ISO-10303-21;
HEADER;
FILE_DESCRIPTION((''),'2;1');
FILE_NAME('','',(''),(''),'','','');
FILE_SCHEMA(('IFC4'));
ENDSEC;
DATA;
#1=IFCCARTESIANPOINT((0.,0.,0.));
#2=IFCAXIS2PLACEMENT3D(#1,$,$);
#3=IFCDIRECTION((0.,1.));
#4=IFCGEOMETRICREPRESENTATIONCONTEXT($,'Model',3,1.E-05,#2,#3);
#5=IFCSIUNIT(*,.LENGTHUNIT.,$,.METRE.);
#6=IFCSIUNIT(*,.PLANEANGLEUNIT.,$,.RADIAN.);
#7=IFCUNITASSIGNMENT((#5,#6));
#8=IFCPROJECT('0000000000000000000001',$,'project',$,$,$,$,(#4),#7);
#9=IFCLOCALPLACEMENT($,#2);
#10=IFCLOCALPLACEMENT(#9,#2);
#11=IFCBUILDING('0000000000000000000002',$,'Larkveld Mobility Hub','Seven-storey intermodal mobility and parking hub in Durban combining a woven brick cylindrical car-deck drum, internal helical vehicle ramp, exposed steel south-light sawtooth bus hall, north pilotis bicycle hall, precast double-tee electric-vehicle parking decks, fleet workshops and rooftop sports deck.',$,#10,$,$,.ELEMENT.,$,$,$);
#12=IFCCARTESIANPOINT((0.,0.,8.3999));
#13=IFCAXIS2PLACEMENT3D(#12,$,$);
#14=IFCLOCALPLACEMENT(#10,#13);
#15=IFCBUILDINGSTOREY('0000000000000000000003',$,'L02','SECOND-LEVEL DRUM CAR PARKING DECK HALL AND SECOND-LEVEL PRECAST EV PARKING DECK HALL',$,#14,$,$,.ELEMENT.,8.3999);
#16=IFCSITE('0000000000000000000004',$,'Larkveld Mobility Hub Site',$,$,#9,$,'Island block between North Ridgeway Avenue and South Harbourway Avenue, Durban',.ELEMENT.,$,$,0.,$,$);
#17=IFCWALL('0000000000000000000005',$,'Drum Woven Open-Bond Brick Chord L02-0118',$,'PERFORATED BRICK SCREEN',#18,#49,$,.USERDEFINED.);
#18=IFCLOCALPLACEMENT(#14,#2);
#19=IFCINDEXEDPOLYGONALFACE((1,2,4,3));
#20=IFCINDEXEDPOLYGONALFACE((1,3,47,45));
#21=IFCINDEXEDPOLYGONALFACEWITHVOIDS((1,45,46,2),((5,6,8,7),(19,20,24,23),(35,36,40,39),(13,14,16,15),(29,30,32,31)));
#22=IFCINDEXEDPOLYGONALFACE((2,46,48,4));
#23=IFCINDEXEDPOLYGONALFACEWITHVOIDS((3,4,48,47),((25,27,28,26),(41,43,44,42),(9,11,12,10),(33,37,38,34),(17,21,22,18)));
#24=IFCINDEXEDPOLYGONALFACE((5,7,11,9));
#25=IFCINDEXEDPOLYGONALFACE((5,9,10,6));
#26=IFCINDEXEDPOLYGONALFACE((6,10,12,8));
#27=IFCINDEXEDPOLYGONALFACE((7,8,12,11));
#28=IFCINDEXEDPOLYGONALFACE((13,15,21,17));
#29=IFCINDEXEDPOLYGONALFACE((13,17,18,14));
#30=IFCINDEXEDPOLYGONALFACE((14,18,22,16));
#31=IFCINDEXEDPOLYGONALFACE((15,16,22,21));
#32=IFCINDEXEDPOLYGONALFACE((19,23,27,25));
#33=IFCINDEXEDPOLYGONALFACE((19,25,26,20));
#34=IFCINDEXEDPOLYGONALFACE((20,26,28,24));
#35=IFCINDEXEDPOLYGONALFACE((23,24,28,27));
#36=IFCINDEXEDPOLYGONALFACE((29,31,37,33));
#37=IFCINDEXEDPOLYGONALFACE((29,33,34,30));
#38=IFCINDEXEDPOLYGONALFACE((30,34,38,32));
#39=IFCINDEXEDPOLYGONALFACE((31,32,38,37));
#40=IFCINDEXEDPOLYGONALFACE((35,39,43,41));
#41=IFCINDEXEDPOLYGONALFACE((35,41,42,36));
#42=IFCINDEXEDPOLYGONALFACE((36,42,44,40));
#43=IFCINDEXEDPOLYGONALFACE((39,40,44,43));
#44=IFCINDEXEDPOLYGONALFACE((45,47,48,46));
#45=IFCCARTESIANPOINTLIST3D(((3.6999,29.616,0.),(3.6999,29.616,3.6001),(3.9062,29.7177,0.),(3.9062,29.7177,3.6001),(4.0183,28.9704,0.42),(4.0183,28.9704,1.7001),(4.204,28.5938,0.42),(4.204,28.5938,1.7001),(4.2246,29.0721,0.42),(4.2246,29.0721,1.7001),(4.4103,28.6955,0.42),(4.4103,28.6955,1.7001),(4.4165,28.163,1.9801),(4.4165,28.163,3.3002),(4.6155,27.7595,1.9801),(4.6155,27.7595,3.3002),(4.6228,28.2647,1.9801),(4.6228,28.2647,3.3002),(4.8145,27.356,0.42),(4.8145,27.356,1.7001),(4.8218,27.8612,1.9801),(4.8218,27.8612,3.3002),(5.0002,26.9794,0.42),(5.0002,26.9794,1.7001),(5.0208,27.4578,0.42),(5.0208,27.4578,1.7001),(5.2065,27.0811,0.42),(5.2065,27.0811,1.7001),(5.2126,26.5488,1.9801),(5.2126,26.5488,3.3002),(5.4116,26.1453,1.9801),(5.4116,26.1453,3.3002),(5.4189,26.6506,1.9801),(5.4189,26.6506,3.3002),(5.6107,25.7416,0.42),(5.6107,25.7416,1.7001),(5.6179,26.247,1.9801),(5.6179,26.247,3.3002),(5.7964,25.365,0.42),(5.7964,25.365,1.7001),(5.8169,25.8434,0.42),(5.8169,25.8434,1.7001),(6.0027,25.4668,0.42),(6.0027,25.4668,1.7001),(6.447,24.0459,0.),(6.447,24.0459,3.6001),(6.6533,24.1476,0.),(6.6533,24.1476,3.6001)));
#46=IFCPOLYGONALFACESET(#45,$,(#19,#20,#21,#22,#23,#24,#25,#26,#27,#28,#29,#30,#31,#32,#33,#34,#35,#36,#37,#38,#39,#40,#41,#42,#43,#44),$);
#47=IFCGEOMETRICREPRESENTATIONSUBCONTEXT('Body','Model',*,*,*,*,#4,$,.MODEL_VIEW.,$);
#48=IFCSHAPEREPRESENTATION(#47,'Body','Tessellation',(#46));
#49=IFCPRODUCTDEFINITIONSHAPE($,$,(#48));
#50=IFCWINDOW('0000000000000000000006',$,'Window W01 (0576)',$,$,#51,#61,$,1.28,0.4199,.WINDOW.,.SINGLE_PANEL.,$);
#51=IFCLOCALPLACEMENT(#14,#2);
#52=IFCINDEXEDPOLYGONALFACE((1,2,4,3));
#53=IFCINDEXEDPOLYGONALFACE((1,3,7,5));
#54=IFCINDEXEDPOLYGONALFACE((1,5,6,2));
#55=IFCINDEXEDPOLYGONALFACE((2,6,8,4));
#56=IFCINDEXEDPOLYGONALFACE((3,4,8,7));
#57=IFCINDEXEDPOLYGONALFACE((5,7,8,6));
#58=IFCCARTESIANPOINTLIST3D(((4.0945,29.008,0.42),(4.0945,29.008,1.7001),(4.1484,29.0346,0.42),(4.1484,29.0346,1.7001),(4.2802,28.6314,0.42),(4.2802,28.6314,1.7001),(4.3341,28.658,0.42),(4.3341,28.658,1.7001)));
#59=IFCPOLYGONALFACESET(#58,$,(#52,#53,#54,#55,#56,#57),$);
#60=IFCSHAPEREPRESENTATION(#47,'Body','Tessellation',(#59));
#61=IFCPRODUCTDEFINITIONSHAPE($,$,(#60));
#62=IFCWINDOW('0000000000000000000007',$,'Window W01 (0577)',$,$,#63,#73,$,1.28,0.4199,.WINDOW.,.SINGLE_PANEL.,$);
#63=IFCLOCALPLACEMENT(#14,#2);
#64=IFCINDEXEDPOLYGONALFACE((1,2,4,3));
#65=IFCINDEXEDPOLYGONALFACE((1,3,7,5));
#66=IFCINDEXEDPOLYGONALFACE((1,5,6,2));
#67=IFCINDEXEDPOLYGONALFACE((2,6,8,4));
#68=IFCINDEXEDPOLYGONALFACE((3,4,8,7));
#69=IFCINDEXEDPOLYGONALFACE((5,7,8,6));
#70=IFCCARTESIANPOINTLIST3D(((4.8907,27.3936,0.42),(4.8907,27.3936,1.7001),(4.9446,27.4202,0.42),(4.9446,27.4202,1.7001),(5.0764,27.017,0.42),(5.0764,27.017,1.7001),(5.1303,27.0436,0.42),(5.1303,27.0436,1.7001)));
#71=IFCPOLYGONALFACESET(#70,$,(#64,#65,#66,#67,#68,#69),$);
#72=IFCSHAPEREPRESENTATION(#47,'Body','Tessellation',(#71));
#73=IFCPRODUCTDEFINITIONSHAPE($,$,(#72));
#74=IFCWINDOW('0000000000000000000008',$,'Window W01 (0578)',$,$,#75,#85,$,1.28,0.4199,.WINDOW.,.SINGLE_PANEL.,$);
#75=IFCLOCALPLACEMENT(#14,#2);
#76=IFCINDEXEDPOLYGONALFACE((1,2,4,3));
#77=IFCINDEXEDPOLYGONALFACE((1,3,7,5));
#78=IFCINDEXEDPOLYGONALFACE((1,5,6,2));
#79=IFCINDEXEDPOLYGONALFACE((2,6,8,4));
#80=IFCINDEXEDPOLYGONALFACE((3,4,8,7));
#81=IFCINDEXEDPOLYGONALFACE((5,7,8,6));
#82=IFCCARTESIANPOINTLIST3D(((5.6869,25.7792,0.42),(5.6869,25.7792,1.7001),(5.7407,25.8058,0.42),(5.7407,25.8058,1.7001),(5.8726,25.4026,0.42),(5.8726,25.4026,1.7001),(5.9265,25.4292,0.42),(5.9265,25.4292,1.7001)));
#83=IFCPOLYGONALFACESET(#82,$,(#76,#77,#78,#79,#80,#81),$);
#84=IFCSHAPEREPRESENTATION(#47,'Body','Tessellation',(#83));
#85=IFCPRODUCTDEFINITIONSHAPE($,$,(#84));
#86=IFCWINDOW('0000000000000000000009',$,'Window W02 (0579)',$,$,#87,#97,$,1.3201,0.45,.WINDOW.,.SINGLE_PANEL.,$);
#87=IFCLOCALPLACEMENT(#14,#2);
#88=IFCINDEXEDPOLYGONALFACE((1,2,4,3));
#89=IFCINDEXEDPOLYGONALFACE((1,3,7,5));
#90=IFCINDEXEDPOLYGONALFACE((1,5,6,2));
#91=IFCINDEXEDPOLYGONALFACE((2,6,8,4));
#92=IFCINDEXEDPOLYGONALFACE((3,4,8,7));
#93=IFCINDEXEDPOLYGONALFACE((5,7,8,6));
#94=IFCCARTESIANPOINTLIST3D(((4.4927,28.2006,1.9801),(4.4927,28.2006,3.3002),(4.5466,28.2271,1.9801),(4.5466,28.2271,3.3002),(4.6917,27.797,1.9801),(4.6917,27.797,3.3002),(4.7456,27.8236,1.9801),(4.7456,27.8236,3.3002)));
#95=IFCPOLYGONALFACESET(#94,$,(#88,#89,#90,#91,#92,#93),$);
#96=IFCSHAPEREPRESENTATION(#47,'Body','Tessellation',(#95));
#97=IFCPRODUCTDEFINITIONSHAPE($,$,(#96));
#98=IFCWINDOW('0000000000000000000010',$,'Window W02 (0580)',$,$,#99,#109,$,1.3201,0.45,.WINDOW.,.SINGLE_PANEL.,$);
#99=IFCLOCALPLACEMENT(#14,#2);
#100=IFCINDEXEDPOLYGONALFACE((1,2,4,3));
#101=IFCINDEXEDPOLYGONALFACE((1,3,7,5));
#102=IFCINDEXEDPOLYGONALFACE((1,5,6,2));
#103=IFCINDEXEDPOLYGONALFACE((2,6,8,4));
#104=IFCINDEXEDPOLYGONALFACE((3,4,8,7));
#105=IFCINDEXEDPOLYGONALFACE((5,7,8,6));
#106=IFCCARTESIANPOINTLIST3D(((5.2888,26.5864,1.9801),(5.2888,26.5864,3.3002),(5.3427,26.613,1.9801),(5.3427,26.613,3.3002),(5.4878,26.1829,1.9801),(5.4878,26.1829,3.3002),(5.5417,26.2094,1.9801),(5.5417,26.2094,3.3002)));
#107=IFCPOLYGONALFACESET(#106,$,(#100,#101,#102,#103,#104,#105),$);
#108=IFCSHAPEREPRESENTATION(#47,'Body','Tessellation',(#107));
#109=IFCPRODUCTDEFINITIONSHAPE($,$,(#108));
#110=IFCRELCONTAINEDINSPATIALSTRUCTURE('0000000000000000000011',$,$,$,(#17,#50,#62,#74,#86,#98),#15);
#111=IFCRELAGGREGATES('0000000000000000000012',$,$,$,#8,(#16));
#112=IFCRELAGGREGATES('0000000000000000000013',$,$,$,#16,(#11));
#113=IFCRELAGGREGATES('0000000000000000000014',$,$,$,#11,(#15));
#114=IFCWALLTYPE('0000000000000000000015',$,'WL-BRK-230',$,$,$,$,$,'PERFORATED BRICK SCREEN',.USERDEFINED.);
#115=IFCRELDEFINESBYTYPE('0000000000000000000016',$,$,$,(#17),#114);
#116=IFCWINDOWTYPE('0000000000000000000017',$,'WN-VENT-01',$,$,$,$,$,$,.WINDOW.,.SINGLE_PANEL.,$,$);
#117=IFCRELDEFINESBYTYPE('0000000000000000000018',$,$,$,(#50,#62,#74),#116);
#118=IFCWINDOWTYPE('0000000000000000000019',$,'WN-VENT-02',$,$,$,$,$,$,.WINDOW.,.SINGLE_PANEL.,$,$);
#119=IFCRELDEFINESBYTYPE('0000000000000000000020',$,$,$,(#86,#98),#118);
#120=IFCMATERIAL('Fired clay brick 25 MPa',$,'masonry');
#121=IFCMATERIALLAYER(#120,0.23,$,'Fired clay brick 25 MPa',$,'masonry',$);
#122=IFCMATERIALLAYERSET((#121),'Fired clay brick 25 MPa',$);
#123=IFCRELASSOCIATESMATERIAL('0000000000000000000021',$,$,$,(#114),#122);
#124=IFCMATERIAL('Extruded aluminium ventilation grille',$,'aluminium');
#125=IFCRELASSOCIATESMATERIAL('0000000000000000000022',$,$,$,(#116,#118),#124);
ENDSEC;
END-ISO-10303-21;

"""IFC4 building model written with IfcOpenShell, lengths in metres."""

from ifc_helpers import new_model, si_unit, direction, frame, frame_2d, origin, place, context, subcontext, project, spatial, rectangle, extrude, material, layer, layer_set, type_object, element, fill, save


model = new_model("IFC4")

# Units and contexts
model_context = context("Model", 3, precision=1e-05, world=origin(), true_north=direction((0.0, 1.0)))
body_context = subcontext(model_context, "Body", "Model", "MODEL_VIEW")
ifc_project = project(units=[si_unit("LENGTHUNIT", "METRE"), si_unit("PLANEANGLEUNIT", "RADIAN")], contexts=[model_context])

# Site, building, storey
site_placement = place(None, origin())
site = spatial("IfcSite", under=ifc_project, at=site_placement, Name="Larkveld Mobility Hub Site", LongName="Island block between North Ridgeway Avenue and South Harbourway Avenue, Durban", CompositionType="ELEMENT", RefElevation=0.0)
building_placement = place(site_placement, origin())
building = spatial("IfcBuilding", under=site, at=building_placement, Name="Larkveld Mobility Hub", Description="Seven-storey intermodal mobility and parking hub in Durban combining a woven brick cylindrical car-deck drum, internal helical vehicle ramp, exposed steel south-light sawtooth bus hall, north pilotis bicycle hall, precast double-tee electric-vehicle parking decks, fleet workshops and rooftop sports deck.", CompositionType="ELEMENT")
storey_placement = place(building_placement, frame((0.0, 0.0, 8.3999)))
storey = spatial("IfcBuildingStorey", under=building, at=storey_placement, Name="L02", Description="SECOND-LEVEL DRUM CAR PARKING DECK HALL AND SECOND-LEVEL PRECAST EV PARKING DECK HALL", CompositionType="ELEMENT", Elevation=8.3999)

# Wall, openings, windows
ifc_material_1 = material(Name="Fired clay brick 25 MPa", Category="masonry")
ifc_layer_1 = layer(ifc_material_1, 0.23, Name="Fired clay brick 25 MPa", Category="masonry")
ifc_layer_set_1 = layer_set([ifc_layer_1], Name="Fired clay brick 25 MPa")
wall_type_1 = type_object("IfcWallType", Name="WL-BRK-230", ElementType="PERFORATED BRICK SCREEN", PredefinedType="USERDEFINED", material=ifc_layer_set_1)
wall_1_placement = place(storey_placement, frame((3.803, 29.667, 0.0), z_axis=(0.0, 0.0, 1.0), x_axis=(0.442317, -0.896859, 0.0)))
wall_1 = element("IfcWall", 1, at=wall_1_placement, inside=storey, type_object=wall_type_1, Name="Drum Woven Open-Bond Brick Chord L02-0118", ObjectType="PERFORATED BRICK SCREEN", PredefinedType="USERDEFINED", context=body_context, shape_type="SweptSolid", body=[
    extrude(rectangle(XDim=6.2107, YDim=0.23, at=frame_2d((3.1055, 0.0))), origin(), (0.0, 0.0, 1.0), 3.6001),
])
opening_1_placement = place(wall_1_placement, frame((0.72, 0.0, 0.4199)))
opening_1 = element("IfcOpeningElement", 2, at=opening_1_placement, cuts=wall_1, PredefinedType="OPENING", context=body_context, shape_type="SweptSolid", body=[
    extrude(rectangle(XDim=0.4199, YDim=1.28, at=frame_2d((0.21, 0.6401))), frame((0.0, 0.125, 0.0), z_axis=(0.0, -1.0, 0.0), x_axis=(1.0, 0.0, 0.0)), (0.0, 0.0, 1.0), 0.25),
])
opening_2_placement = place(wall_1_placement, frame((2.52, 0.0, 0.4199)))
opening_2 = element("IfcOpeningElement", 3, at=opening_2_placement, cuts=wall_1, PredefinedType="OPENING", context=body_context, shape_type="SweptSolid", body=[
    extrude(rectangle(XDim=0.4199, YDim=1.28, at=frame_2d((0.21, 0.6401))), frame((0.0, 0.125, 0.0), z_axis=(0.0, -1.0, 0.0), x_axis=(1.0, 0.0, 0.0)), (0.0, 0.0, 1.0), 0.25),
])
opening_3_placement = place(wall_1_placement, frame((4.3201, 0.0, 0.4199)))
opening_3 = element("IfcOpeningElement", 4, at=opening_3_placement, cuts=wall_1, PredefinedType="OPENING", context=body_context, shape_type="SweptSolid", body=[
    extrude(rectangle(XDim=0.4199, YDim=1.28, at=frame_2d((0.21, 0.6401))), frame((0.0, 0.125, 0.0), z_axis=(0.0, -1.0, 0.0), x_axis=(1.0, 0.0, 0.0)), (0.0, 0.0, 1.0), 0.25),
])
opening_4_placement = place(wall_1_placement, frame((1.6201, 0.0, 1.98)))
opening_4 = element("IfcOpeningElement", 5, at=opening_4_placement, cuts=wall_1, PredefinedType="OPENING", context=body_context, shape_type="SweptSolid", body=[
    extrude(rectangle(XDim=0.45, YDim=1.3201, at=frame_2d((0.2251, 0.6602))), frame((0.0, 0.125, 0.0), z_axis=(0.0, -1.0, 0.0), x_axis=(1.0, 0.0, 0.0)), (0.0, 0.0, 1.0), 0.25),
])
opening_5_placement = place(wall_1_placement, frame((3.4199, 0.0, 1.98)))
opening_5 = element("IfcOpeningElement", 6, at=opening_5_placement, cuts=wall_1, PredefinedType="OPENING", context=body_context, shape_type="SweptSolid", body=[
    extrude(rectangle(XDim=0.45, YDim=1.3201, at=frame_2d((0.2251, 0.6602))), frame((0.0, 0.125, 0.0), z_axis=(0.0, -1.0, 0.0), x_axis=(1.0, 0.0, 0.0)), (0.0, 0.0, 1.0), 0.25),
])
ifc_material_2 = material(Name="Extruded aluminium ventilation grille", Category="aluminium")
window_type_1 = type_object("IfcWindowType", Name="WN-VENT-01", PartitioningType="SINGLE_PANEL", PredefinedType="WINDOW", material=ifc_material_2)
window_1_placement = place(opening_1_placement, origin())
window_1 = element("IfcWindow", 7, at=window_1_placement, inside=storey, type_object=window_type_1, Name="Window W01 (0576)", OverallHeight=1.28, OverallWidth=0.4199, PartitioningType="SINGLE_PANEL", PredefinedType="WINDOW", context=body_context, shape_type="SweptSolid", body=[
    extrude(rectangle(XDim=0.4199, YDim=1.28, at=frame_2d((0.21, 0.6401))), frame((0.0, 0.03, 0.0), z_axis=(0.0, -1.0, 0.0), x_axis=(1.0, 0.0, 0.0)), (0.0, 0.0, 1.0), 0.0601),
])
fill(opening_1, window_1)
window_2_placement = place(opening_2_placement, origin())
window_2 = element("IfcWindow", 8, at=window_2_placement, inside=storey, type_object=window_type_1, Name="Window W01 (0577)", OverallHeight=1.28, OverallWidth=0.4199, PartitioningType="SINGLE_PANEL", PredefinedType="WINDOW", context=body_context, shape_type="SweptSolid", body=[
    extrude(rectangle(XDim=0.4199, YDim=1.28, at=frame_2d((0.21, 0.6401))), frame((0.0, 0.03, 0.0), z_axis=(0.0, -1.0, 0.0), x_axis=(1.0, 0.0, 0.0)), (0.0, 0.0, 1.0), 0.0601),
])
fill(opening_2, window_2)
window_3_placement = place(opening_3_placement, origin())
window_3 = element("IfcWindow", 9, at=window_3_placement, inside=storey, type_object=window_type_1, Name="Window W01 (0578)", OverallHeight=1.28, OverallWidth=0.4199, PartitioningType="SINGLE_PANEL", PredefinedType="WINDOW", context=body_context, shape_type="SweptSolid", body=[
    extrude(rectangle(XDim=0.4199, YDim=1.28, at=frame_2d((0.21, 0.6401))), frame((0.0, 0.03, 0.0), z_axis=(0.0, -1.0, 0.0), x_axis=(1.0, 0.0, 0.0)), (0.0, 0.0, 1.0), 0.0601),
])
fill(opening_3, window_3)
window_type_2 = type_object("IfcWindowType", Name="WN-VENT-02", PartitioningType="SINGLE_PANEL", PredefinedType="WINDOW", material=ifc_material_2)
window_4_placement = place(opening_4_placement, origin())
window_4 = element("IfcWindow", 10, at=window_4_placement, inside=storey, type_object=window_type_2, Name="Window W02 (0579)", OverallHeight=1.3201, OverallWidth=0.45, PartitioningType="SINGLE_PANEL", PredefinedType="WINDOW", context=body_context, shape_type="SweptSolid", body=[
    extrude(rectangle(XDim=0.45, YDim=1.3201, at=frame_2d((0.2251, 0.6602))), frame((0.0, 0.03, 0.0), z_axis=(0.0, -1.0, 0.0), x_axis=(1.0, 0.0, 0.0)), (0.0, 0.0, 1.0), 0.0601),
])
fill(opening_4, window_4)
window_5_placement = place(opening_5_placement, origin())
window_5 = element("IfcWindow", 11, at=window_5_placement, inside=storey, type_object=window_type_2, Name="Window W02 (0580)", OverallHeight=1.3201, OverallWidth=0.45, PartitioningType="SINGLE_PANEL", PredefinedType="WINDOW", context=body_context, shape_type="SweptSolid", body=[
    extrude(rectangle(XDim=0.45, YDim=1.3201, at=frame_2d((0.2251, 0.6602))), frame((0.0, 0.03, 0.0), z_axis=(0.0, -1.0, 0.0), x_axis=(1.0, 0.0, 0.0)), (0.0, 0.0, 1.0), 0.0601),
])
fill(opening_5, window_5)

save(model, "model.ifc")
